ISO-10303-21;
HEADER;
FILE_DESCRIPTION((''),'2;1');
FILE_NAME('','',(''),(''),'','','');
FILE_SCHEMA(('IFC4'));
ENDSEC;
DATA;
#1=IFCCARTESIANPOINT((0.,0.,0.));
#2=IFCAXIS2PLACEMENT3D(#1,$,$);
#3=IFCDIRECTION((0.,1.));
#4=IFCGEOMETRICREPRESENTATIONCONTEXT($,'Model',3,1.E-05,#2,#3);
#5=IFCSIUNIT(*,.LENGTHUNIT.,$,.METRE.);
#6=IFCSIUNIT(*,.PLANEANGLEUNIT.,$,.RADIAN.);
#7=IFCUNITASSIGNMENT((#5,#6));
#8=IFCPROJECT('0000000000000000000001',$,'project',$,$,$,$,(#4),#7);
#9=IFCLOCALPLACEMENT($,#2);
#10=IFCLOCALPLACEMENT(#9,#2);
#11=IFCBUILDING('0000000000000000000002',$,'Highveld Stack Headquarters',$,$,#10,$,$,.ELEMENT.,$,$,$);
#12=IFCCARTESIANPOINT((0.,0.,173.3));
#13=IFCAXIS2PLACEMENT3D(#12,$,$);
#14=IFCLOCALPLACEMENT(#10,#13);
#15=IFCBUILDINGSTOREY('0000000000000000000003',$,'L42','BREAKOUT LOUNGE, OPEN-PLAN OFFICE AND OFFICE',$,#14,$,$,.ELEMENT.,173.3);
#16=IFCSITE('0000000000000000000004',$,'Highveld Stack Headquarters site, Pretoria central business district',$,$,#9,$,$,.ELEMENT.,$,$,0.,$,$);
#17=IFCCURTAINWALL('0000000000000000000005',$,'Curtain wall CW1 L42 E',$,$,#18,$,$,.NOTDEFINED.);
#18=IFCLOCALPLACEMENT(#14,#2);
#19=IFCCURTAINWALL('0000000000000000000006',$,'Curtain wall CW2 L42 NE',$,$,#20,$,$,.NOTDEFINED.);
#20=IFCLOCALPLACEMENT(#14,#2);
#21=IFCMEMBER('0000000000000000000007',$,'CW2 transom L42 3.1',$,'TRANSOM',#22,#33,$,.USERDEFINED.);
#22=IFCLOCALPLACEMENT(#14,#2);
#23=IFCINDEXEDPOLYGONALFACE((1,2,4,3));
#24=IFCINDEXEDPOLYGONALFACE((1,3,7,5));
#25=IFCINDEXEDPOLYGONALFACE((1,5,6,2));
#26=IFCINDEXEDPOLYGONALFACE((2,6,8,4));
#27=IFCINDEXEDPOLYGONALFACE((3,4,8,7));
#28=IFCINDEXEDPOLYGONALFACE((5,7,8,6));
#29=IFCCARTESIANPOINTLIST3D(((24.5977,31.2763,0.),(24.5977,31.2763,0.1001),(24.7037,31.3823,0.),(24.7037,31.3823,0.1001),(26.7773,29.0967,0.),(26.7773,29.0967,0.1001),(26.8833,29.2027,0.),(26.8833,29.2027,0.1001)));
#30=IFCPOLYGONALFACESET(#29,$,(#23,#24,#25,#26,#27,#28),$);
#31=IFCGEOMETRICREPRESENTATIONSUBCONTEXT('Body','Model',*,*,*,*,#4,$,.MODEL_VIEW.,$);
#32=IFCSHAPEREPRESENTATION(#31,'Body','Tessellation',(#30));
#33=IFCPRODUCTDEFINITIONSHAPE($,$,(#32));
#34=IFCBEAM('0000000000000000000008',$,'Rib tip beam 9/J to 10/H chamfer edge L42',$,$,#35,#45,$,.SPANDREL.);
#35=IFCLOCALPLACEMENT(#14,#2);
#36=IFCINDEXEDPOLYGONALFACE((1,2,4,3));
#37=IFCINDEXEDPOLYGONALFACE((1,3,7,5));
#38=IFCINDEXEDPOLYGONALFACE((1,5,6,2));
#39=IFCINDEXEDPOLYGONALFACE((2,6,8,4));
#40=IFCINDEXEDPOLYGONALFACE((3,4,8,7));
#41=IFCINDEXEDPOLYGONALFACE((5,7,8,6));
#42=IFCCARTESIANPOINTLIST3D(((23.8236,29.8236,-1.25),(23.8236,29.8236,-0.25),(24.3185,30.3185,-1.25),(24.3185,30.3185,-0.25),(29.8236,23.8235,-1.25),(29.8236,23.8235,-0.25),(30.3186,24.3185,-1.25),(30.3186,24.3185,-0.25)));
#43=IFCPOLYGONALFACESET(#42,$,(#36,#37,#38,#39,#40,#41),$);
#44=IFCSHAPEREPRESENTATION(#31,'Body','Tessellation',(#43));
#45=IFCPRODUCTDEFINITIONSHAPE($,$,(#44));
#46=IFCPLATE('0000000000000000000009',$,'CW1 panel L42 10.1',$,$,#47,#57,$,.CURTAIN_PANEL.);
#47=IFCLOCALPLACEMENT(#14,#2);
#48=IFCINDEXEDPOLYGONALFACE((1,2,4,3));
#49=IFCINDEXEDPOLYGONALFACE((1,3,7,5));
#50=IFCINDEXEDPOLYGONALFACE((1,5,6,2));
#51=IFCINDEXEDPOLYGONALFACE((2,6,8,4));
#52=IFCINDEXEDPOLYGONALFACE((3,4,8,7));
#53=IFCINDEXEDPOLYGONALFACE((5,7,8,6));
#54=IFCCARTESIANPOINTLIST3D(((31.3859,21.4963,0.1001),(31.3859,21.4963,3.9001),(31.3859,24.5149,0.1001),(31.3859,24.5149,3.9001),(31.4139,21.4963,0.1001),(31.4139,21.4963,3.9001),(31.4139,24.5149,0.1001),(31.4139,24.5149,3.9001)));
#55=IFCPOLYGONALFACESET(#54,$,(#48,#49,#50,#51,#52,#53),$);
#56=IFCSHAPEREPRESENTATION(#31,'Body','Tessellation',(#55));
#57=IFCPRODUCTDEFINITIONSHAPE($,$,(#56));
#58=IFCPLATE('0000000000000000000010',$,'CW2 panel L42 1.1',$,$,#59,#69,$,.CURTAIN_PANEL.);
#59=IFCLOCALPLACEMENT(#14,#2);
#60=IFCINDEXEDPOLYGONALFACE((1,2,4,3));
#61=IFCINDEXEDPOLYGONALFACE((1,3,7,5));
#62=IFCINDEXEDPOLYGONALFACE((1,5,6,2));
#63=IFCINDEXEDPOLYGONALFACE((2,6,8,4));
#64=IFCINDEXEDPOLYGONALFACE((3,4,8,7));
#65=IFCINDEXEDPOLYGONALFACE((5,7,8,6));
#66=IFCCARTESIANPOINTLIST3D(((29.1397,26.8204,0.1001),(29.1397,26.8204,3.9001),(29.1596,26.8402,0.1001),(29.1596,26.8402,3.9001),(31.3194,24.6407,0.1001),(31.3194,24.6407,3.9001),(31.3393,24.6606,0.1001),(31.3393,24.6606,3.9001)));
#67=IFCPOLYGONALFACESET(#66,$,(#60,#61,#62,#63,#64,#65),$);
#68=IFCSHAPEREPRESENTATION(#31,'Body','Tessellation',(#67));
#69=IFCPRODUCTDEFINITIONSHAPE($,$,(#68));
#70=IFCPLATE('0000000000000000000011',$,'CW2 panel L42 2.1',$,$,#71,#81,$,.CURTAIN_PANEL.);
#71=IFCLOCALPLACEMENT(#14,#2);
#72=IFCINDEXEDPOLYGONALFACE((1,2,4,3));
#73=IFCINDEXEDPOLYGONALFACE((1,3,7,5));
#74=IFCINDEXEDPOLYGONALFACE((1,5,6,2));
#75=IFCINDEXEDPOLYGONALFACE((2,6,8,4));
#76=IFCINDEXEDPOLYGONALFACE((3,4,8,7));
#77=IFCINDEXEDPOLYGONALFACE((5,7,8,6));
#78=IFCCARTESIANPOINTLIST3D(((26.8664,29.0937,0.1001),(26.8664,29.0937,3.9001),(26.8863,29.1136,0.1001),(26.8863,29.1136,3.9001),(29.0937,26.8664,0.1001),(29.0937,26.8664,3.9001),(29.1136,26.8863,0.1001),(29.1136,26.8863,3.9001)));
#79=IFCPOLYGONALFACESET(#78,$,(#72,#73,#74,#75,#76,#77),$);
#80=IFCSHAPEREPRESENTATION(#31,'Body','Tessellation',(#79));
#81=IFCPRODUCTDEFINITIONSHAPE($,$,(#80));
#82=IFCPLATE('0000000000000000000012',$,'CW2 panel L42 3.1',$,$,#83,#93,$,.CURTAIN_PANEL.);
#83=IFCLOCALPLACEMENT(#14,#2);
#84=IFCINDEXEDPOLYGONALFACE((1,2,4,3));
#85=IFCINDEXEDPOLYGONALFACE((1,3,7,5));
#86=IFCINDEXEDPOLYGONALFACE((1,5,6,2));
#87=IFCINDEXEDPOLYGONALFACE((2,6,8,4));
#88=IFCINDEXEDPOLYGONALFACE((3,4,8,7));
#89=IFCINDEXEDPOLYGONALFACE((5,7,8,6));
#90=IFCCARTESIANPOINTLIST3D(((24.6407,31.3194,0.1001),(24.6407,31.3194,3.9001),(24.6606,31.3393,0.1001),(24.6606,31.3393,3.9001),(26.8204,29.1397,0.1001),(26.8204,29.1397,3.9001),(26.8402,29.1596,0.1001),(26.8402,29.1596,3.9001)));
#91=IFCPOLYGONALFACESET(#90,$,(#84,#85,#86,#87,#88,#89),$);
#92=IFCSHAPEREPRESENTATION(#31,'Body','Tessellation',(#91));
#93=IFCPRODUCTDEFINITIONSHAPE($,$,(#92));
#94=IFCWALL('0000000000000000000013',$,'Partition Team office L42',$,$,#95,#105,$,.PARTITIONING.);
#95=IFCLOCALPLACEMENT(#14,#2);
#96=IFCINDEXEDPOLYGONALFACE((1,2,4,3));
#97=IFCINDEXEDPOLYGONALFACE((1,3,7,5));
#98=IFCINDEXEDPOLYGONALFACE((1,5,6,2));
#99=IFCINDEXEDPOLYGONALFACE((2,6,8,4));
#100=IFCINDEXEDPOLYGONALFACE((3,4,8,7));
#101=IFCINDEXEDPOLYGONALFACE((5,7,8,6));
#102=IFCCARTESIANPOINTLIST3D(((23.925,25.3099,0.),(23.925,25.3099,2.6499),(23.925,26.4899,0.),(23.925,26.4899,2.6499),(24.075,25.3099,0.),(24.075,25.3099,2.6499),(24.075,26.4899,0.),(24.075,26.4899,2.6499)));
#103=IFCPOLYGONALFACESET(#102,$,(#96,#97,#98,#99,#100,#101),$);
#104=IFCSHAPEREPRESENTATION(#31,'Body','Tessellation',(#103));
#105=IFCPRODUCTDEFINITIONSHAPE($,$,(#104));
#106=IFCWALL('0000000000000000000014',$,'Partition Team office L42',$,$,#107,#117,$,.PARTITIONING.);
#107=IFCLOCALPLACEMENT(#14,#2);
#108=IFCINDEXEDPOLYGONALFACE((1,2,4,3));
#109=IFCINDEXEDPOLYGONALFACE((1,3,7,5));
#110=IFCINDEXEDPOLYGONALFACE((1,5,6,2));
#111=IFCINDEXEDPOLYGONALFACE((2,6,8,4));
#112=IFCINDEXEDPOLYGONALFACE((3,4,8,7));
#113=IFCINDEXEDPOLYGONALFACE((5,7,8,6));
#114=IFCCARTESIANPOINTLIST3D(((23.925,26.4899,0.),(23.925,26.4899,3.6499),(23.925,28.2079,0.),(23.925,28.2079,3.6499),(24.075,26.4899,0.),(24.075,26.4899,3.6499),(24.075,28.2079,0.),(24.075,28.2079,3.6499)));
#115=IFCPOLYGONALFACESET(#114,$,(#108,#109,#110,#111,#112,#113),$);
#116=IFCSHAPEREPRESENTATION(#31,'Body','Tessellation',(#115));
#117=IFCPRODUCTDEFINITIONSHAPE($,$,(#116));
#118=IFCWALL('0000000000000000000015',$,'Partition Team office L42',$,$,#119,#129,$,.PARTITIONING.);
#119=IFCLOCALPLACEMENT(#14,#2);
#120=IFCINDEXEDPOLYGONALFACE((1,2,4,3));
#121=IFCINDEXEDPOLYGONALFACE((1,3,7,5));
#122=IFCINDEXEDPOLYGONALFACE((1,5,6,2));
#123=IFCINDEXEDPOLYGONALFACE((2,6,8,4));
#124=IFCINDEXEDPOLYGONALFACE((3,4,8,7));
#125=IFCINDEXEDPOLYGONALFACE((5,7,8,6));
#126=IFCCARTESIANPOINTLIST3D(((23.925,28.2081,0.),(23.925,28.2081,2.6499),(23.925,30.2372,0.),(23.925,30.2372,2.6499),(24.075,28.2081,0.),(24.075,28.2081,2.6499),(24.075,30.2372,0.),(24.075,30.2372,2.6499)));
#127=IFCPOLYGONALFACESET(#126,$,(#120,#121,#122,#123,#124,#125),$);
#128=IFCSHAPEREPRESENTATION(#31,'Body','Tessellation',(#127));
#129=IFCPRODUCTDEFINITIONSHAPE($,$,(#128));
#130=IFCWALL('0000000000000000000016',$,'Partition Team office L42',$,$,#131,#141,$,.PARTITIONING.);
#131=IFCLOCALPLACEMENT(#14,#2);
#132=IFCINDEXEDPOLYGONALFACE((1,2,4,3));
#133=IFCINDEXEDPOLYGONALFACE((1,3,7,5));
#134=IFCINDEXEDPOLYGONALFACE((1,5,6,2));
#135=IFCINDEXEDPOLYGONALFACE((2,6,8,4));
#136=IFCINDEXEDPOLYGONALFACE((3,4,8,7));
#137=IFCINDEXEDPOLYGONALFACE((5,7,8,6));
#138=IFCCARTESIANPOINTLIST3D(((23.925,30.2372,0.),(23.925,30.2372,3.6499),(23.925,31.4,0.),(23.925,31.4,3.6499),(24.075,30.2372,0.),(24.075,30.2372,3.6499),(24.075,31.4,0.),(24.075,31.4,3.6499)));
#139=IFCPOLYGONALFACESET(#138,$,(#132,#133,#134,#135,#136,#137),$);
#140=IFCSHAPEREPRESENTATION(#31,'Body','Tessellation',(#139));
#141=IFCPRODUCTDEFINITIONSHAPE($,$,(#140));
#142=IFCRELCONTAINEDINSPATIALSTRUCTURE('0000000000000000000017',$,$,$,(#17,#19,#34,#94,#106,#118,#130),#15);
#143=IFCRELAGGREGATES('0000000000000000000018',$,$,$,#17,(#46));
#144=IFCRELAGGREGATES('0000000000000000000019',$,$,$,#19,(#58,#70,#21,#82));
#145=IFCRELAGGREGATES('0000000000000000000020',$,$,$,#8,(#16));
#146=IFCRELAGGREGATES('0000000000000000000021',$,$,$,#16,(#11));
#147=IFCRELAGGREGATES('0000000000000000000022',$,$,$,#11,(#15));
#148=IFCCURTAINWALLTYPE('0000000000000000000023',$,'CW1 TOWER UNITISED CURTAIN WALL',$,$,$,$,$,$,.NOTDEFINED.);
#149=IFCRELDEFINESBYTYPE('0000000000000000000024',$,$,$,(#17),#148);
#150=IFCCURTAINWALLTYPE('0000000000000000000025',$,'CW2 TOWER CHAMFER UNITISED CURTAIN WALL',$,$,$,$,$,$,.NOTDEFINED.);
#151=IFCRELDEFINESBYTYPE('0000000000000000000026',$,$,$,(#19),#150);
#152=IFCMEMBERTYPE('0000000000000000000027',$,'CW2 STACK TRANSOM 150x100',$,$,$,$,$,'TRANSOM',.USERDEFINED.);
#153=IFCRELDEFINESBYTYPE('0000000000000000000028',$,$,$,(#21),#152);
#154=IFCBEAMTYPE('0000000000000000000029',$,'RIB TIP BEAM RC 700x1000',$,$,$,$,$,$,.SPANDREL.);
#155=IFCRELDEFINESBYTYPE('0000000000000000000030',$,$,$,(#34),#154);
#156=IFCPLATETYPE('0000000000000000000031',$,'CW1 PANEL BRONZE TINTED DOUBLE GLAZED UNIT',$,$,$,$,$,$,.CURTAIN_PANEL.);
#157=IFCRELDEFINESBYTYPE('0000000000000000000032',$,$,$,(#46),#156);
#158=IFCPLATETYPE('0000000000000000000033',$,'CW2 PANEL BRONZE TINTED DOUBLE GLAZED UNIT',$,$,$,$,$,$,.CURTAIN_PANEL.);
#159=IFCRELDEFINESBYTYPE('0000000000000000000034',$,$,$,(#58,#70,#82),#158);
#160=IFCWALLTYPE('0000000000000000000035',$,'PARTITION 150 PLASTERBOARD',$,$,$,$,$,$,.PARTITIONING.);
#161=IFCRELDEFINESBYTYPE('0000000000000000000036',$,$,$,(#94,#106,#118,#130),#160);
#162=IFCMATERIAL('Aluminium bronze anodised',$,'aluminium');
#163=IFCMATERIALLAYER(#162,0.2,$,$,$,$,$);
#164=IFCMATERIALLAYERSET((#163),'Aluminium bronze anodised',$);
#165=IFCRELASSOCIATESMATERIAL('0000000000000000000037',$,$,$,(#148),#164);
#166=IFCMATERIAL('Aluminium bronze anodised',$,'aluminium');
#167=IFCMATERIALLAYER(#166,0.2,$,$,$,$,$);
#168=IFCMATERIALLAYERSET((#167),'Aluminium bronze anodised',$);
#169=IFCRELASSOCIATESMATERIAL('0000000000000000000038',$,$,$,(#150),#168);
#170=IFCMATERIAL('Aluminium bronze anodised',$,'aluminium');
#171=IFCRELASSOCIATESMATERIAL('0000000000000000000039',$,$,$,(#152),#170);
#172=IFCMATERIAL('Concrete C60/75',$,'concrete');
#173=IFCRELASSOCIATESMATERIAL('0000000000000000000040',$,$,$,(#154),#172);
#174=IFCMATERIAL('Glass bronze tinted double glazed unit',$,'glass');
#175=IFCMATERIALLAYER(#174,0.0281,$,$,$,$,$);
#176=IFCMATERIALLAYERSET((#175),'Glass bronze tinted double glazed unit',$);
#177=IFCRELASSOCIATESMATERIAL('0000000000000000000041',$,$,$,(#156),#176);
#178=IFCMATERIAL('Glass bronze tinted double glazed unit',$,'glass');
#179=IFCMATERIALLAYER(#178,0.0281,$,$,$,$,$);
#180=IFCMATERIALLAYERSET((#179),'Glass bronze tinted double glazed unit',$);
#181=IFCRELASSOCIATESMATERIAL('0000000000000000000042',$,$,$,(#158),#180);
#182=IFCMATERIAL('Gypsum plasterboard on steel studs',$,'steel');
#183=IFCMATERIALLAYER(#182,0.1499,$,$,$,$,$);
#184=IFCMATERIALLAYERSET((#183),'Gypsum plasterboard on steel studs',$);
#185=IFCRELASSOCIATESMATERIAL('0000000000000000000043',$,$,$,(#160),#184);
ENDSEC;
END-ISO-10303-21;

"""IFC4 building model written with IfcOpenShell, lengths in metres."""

from ifc_helpers import new_model, si_unit, direction, frame, frame_2d, origin, origin_2d, place, context, subcontext, project, spatial, rectangle, extrude, material, layer, layer_set, material_profile, profile_set, type_object, element, aggregate, save


model = new_model("IFC4")

# Units and contexts
model_context = context("Model", 3, precision=1e-05, world=origin(), true_north=direction((0.0, 1.0)))
body_context = subcontext(model_context, "Body", "Model", "MODEL_VIEW")
ifc_project = project(units=[si_unit("LENGTHUNIT", "METRE"), si_unit("PLANEANGLEUNIT", "RADIAN")], contexts=[model_context])

# Site, building, storey
site_placement = place(None, origin())
site = spatial("IfcSite", under=ifc_project, at=site_placement, Name="Highveld Stack Headquarters site, Pretoria central business district", CompositionType="ELEMENT", RefElevation=0.0)
building_placement = place(site_placement, origin())
building = spatial("IfcBuilding", under=site, at=building_placement, Name="Highveld Stack Headquarters", CompositionType="ELEMENT")
storey_placement = place(building_placement, frame((0.0, 0.0, 173.3)))
storey = spatial("IfcBuildingStorey", under=building, at=storey_placement, Name="L42", Description="BREAKOUT LOUNGE, OPEN-PLAN OFFICE AND OFFICE", CompositionType="ELEMENT", Elevation=173.3)

# Curtain wall
ifc_material_1 = material(Name="Aluminium bronze anodised", Category="aluminium")
ifc_layer_1 = layer(ifc_material_1, 0.2)
ifc_layer_set_1 = layer_set([ifc_layer_1], Name="Aluminium bronze anodised")
curtain_wall_type_1 = type_object("IfcCurtainWallType", Name="CW1 TOWER UNITISED CURTAIN WALL", PredefinedType="NOTDEFINED", material=ifc_layer_set_1)
curtain_wall_1_placement = place(storey_placement, origin())
curtain_wall_1 = element("IfcCurtainWall", 1, at=curtain_wall_1_placement, inside=storey, type_object=curtain_wall_type_1, Name="Curtain wall CW1 L42 E", PredefinedType="NOTDEFINED")

# Curtain wall, member
ifc_material_2 = material(Name="Aluminium bronze anodised", Category="aluminium")
ifc_layer_2 = layer(ifc_material_2, 0.2)
ifc_layer_set_2 = layer_set([ifc_layer_2], Name="Aluminium bronze anodised")
curtain_wall_type_2 = type_object("IfcCurtainWallType", Name="CW2 TOWER CHAMFER UNITISED CURTAIN WALL", PredefinedType="NOTDEFINED", material=ifc_layer_set_2)
curtain_wall_2_placement = place(storey_placement, origin())
curtain_wall_2 = element("IfcCurtainWall", 2, at=curtain_wall_2_placement, inside=storey, type_object=curtain_wall_type_2, Name="Curtain wall CW2 L42 NE", PredefinedType="NOTDEFINED")
ifc_material_3 = material(Name="Aluminium bronze anodised", Category="aluminium")
ifc_material_profile_1 = material_profile(ifc_material_3, rectangle(XDim=0.1499, YDim=0.1001, at=origin_2d()), Name="CW2 TRANSOM 150x100")
ifc_profile_set_1 = profile_set([ifc_material_profile_1], Name="Aluminium bronze anodised")
member_type_1 = type_object("IfcMemberType", Name="CW2 STACK TRANSOM 150x100", ElementType="TRANSOM", PredefinedType="USERDEFINED", material=ifc_profile_set_1)
member_1_placement = place(storey_placement, frame((26.8303, 29.1497, 0.05), z_axis=(-0.707107, 0.707107, 0.0), x_axis=(-0.707107, -0.707107, 0.0)))
member_1 = element("IfcMember", 3, at=member_1_placement, type_object=member_type_1, Name="CW2 transom L42 3.1", ObjectType="TRANSOM", PredefinedType="USERDEFINED", context=body_context, shape_type="SweptSolid", body=[
    extrude(rectangle(XDim=0.1499, YDim=0.1001, at=origin_2d()), origin(), (0.0, 0.0, 1.0), 3.0825),
])

# Beam
ifc_material_4 = material(Name="Concrete C60/75", Category="concrete")
ifc_material_profile_2 = material_profile(ifc_material_4, rectangle(XDim=0.7, YDim=1.0, at=origin_2d()), Name="RC 700x1000")
ifc_profile_set_2 = profile_set([ifc_material_profile_2], Name="Concrete C60/75")
beam_type = type_object("IfcBeamType", Name="RIB TIP BEAM RC 700x1000", PredefinedType="SPANDREL", material=ifc_profile_set_2)
beam_placement = place(storey_placement, frame((24.071, 30.071, -0.75), z_axis=(0.707107, -0.707107, 0.0), x_axis=(0.707107, 0.707107, 0.0)))
element("IfcBeam", 4, at=beam_placement, inside=storey, type_object=beam_type, Name="Rib tip beam 9/J to 10/H chamfer edge L42", PredefinedType="SPANDREL", context=body_context, shape_type="SweptSolid", body=[
    extrude(rectangle(XDim=0.7, YDim=1.0, at=origin_2d()), origin(), (0.0, 0.0, 1.0), 8.4854),
])

# Plates
ifc_material_5 = material(Name="Glass bronze tinted double glazed unit", Category="glass")
ifc_layer_3 = layer(ifc_material_5, 0.0281)
ifc_layer_set_3 = layer_set([ifc_layer_3], Name="Glass bronze tinted double glazed unit")
plate_type_1 = type_object("IfcPlateType", Name="CW1 PANEL BRONZE TINTED DOUBLE GLAZED UNIT", PredefinedType="CURTAIN_PANEL", material=ifc_layer_set_3)
plate_1_placement = place(storey_placement, frame((31.3999, 23.0056, 0.1001), z_axis=(0.0, 0.0, 1.0), x_axis=(0.0, 1.0, 0.0)))
plate_1 = element("IfcPlate", 5, at=plate_1_placement, type_object=plate_type_1, Name="CW1 panel L42 10.1", PredefinedType="CURTAIN_PANEL", context=body_context, shape_type="SweptSolid", body=[
    extrude(rectangle(XDim=3.0186, YDim=0.0281, at=origin_2d()), origin(), (0.0, 0.0, 1.0), 3.8),
])
aggregate(curtain_wall_1, [plate_1])
ifc_material_6 = material(Name="Glass bronze tinted double glazed unit", Category="glass")
ifc_layer_4 = layer(ifc_material_6, 0.0281)
ifc_layer_set_4 = layer_set([ifc_layer_4], Name="Glass bronze tinted double glazed unit")
plate_type_2 = type_object("IfcPlateType", Name="CW2 PANEL BRONZE TINTED DOUBLE GLAZED UNIT", PredefinedType="CURTAIN_PANEL", material=ifc_layer_set_4)
plate_2_placement = place(storey_placement, frame((30.2395, 25.7405, 0.1001), z_axis=(0.0, 0.0, 1.0), x_axis=(-0.707107, 0.707107, 0.0)))
plate_2 = element("IfcPlate", 6, at=plate_2_placement, type_object=plate_type_2, Name="CW2 panel L42 1.1", PredefinedType="CURTAIN_PANEL", context=body_context, shape_type="SweptSolid", body=[
    extrude(rectangle(XDim=3.0825, YDim=0.0281, at=origin_2d()), origin(), (0.0, 0.0, 1.0), 3.8),
])
plate_3_placement = place(storey_placement, frame((27.99, 27.99, 0.1001), z_axis=(0.0, 0.0, 1.0), x_axis=(-0.707107, 0.707107, 0.0)))
plate_3 = element("IfcPlate", 7, at=plate_3_placement, type_object=plate_type_2, Name="CW2 panel L42 2.1", PredefinedType="CURTAIN_PANEL", context=body_context, shape_type="SweptSolid", body=[
    extrude(rectangle(XDim=3.1499, YDim=0.0281, at=origin_2d()), origin(), (0.0, 0.0, 1.0), 3.8),
])
plate_4_placement = place(storey_placement, frame((25.7405, 30.2395, 0.1001), z_axis=(0.0, 0.0, 1.0), x_axis=(-0.707107, 0.707107, 0.0)))
plate_4 = element("IfcPlate", 8, at=plate_4_placement, type_object=plate_type_2, Name="CW2 panel L42 3.1", PredefinedType="CURTAIN_PANEL", context=body_context, shape_type="SweptSolid", body=[
    extrude(rectangle(XDim=3.0825, YDim=0.0281, at=origin_2d()), origin(), (0.0, 0.0, 1.0), 3.8),
])
aggregate(curtain_wall_2, [plate_2, plate_3, member_1, plate_4])

# Walls
ifc_material_7 = material(Name="Gypsum plasterboard on steel studs", Category="steel")
ifc_layer_5 = layer(ifc_material_7, 0.1499)
ifc_layer_set_5 = layer_set([ifc_layer_5], Name="Gypsum plasterboard on steel studs")
wall_type = type_object("IfcWallType", Name="PARTITION 150 PLASTERBOARD", PredefinedType="PARTITIONING", material=ifc_layer_set_5)
wall_1_placement = place(storey_placement, frame((24.0, 25.3101, 0.0), z_axis=(0.0, 0.0, 1.0), x_axis=(0.0, 1.0, 0.0)))
element("IfcWall", 9, at=wall_1_placement, inside=storey, type_object=wall_type, Name="Partition Team office L42", PredefinedType="PARTITIONING", context=body_context, shape_type="SweptSolid", body=[
    extrude(rectangle(XDim=1.1799, YDim=0.1499, at=frame_2d((0.5898, 0.0))), origin(), (0.0, 0.0, 1.0), 2.6499),
])
wall_2_placement = place(storey_placement, frame((24.0, 26.49, 0.0), z_axis=(0.0, 0.0, 1.0), x_axis=(0.0, 1.0, 0.0)))
element("IfcWall", 10, at=wall_2_placement, inside=storey, type_object=wall_type, Name="Partition Team office L42", PredefinedType="PARTITIONING", context=body_context, shape_type="SweptSolid", body=[
    extrude(rectangle(XDim=1.718, YDim=0.1499, at=frame_2d((0.8589, 0.0))), origin(), (0.0, 0.0, 1.0), 3.6499),
])
wall_3_placement = place(storey_placement, frame((24.0, 28.208, 0.0), z_axis=(0.0, 0.0, 1.0), x_axis=(0.0, 1.0, 0.0)))
element("IfcWall", 11, at=wall_3_placement, inside=storey, type_object=wall_type, Name="Partition Team office L42", PredefinedType="PARTITIONING", context=body_context, shape_type="SweptSolid", body=[
    extrude(rectangle(XDim=2.0291, YDim=0.1499, at=frame_2d((1.0146, 0.0))), origin(), (0.0, 0.0, 1.0), 2.6499),
])
wall_4_placement = place(storey_placement, frame((24.0, 30.2371, 0.0), z_axis=(0.0, 0.0, 1.0), x_axis=(0.0, 1.0, 0.0)))
element("IfcWall", 12, at=wall_4_placement, inside=storey, type_object=wall_type, Name="Partition Team office L42", PredefinedType="PARTITIONING", context=body_context, shape_type="SweptSolid", body=[
    extrude(rectangle(XDim=1.1628, YDim=0.1499, at=frame_2d((0.5815, 0.0))), origin(), (0.0, 0.0, 1.0), 3.6499),
])

save(model, "model.ifc")
